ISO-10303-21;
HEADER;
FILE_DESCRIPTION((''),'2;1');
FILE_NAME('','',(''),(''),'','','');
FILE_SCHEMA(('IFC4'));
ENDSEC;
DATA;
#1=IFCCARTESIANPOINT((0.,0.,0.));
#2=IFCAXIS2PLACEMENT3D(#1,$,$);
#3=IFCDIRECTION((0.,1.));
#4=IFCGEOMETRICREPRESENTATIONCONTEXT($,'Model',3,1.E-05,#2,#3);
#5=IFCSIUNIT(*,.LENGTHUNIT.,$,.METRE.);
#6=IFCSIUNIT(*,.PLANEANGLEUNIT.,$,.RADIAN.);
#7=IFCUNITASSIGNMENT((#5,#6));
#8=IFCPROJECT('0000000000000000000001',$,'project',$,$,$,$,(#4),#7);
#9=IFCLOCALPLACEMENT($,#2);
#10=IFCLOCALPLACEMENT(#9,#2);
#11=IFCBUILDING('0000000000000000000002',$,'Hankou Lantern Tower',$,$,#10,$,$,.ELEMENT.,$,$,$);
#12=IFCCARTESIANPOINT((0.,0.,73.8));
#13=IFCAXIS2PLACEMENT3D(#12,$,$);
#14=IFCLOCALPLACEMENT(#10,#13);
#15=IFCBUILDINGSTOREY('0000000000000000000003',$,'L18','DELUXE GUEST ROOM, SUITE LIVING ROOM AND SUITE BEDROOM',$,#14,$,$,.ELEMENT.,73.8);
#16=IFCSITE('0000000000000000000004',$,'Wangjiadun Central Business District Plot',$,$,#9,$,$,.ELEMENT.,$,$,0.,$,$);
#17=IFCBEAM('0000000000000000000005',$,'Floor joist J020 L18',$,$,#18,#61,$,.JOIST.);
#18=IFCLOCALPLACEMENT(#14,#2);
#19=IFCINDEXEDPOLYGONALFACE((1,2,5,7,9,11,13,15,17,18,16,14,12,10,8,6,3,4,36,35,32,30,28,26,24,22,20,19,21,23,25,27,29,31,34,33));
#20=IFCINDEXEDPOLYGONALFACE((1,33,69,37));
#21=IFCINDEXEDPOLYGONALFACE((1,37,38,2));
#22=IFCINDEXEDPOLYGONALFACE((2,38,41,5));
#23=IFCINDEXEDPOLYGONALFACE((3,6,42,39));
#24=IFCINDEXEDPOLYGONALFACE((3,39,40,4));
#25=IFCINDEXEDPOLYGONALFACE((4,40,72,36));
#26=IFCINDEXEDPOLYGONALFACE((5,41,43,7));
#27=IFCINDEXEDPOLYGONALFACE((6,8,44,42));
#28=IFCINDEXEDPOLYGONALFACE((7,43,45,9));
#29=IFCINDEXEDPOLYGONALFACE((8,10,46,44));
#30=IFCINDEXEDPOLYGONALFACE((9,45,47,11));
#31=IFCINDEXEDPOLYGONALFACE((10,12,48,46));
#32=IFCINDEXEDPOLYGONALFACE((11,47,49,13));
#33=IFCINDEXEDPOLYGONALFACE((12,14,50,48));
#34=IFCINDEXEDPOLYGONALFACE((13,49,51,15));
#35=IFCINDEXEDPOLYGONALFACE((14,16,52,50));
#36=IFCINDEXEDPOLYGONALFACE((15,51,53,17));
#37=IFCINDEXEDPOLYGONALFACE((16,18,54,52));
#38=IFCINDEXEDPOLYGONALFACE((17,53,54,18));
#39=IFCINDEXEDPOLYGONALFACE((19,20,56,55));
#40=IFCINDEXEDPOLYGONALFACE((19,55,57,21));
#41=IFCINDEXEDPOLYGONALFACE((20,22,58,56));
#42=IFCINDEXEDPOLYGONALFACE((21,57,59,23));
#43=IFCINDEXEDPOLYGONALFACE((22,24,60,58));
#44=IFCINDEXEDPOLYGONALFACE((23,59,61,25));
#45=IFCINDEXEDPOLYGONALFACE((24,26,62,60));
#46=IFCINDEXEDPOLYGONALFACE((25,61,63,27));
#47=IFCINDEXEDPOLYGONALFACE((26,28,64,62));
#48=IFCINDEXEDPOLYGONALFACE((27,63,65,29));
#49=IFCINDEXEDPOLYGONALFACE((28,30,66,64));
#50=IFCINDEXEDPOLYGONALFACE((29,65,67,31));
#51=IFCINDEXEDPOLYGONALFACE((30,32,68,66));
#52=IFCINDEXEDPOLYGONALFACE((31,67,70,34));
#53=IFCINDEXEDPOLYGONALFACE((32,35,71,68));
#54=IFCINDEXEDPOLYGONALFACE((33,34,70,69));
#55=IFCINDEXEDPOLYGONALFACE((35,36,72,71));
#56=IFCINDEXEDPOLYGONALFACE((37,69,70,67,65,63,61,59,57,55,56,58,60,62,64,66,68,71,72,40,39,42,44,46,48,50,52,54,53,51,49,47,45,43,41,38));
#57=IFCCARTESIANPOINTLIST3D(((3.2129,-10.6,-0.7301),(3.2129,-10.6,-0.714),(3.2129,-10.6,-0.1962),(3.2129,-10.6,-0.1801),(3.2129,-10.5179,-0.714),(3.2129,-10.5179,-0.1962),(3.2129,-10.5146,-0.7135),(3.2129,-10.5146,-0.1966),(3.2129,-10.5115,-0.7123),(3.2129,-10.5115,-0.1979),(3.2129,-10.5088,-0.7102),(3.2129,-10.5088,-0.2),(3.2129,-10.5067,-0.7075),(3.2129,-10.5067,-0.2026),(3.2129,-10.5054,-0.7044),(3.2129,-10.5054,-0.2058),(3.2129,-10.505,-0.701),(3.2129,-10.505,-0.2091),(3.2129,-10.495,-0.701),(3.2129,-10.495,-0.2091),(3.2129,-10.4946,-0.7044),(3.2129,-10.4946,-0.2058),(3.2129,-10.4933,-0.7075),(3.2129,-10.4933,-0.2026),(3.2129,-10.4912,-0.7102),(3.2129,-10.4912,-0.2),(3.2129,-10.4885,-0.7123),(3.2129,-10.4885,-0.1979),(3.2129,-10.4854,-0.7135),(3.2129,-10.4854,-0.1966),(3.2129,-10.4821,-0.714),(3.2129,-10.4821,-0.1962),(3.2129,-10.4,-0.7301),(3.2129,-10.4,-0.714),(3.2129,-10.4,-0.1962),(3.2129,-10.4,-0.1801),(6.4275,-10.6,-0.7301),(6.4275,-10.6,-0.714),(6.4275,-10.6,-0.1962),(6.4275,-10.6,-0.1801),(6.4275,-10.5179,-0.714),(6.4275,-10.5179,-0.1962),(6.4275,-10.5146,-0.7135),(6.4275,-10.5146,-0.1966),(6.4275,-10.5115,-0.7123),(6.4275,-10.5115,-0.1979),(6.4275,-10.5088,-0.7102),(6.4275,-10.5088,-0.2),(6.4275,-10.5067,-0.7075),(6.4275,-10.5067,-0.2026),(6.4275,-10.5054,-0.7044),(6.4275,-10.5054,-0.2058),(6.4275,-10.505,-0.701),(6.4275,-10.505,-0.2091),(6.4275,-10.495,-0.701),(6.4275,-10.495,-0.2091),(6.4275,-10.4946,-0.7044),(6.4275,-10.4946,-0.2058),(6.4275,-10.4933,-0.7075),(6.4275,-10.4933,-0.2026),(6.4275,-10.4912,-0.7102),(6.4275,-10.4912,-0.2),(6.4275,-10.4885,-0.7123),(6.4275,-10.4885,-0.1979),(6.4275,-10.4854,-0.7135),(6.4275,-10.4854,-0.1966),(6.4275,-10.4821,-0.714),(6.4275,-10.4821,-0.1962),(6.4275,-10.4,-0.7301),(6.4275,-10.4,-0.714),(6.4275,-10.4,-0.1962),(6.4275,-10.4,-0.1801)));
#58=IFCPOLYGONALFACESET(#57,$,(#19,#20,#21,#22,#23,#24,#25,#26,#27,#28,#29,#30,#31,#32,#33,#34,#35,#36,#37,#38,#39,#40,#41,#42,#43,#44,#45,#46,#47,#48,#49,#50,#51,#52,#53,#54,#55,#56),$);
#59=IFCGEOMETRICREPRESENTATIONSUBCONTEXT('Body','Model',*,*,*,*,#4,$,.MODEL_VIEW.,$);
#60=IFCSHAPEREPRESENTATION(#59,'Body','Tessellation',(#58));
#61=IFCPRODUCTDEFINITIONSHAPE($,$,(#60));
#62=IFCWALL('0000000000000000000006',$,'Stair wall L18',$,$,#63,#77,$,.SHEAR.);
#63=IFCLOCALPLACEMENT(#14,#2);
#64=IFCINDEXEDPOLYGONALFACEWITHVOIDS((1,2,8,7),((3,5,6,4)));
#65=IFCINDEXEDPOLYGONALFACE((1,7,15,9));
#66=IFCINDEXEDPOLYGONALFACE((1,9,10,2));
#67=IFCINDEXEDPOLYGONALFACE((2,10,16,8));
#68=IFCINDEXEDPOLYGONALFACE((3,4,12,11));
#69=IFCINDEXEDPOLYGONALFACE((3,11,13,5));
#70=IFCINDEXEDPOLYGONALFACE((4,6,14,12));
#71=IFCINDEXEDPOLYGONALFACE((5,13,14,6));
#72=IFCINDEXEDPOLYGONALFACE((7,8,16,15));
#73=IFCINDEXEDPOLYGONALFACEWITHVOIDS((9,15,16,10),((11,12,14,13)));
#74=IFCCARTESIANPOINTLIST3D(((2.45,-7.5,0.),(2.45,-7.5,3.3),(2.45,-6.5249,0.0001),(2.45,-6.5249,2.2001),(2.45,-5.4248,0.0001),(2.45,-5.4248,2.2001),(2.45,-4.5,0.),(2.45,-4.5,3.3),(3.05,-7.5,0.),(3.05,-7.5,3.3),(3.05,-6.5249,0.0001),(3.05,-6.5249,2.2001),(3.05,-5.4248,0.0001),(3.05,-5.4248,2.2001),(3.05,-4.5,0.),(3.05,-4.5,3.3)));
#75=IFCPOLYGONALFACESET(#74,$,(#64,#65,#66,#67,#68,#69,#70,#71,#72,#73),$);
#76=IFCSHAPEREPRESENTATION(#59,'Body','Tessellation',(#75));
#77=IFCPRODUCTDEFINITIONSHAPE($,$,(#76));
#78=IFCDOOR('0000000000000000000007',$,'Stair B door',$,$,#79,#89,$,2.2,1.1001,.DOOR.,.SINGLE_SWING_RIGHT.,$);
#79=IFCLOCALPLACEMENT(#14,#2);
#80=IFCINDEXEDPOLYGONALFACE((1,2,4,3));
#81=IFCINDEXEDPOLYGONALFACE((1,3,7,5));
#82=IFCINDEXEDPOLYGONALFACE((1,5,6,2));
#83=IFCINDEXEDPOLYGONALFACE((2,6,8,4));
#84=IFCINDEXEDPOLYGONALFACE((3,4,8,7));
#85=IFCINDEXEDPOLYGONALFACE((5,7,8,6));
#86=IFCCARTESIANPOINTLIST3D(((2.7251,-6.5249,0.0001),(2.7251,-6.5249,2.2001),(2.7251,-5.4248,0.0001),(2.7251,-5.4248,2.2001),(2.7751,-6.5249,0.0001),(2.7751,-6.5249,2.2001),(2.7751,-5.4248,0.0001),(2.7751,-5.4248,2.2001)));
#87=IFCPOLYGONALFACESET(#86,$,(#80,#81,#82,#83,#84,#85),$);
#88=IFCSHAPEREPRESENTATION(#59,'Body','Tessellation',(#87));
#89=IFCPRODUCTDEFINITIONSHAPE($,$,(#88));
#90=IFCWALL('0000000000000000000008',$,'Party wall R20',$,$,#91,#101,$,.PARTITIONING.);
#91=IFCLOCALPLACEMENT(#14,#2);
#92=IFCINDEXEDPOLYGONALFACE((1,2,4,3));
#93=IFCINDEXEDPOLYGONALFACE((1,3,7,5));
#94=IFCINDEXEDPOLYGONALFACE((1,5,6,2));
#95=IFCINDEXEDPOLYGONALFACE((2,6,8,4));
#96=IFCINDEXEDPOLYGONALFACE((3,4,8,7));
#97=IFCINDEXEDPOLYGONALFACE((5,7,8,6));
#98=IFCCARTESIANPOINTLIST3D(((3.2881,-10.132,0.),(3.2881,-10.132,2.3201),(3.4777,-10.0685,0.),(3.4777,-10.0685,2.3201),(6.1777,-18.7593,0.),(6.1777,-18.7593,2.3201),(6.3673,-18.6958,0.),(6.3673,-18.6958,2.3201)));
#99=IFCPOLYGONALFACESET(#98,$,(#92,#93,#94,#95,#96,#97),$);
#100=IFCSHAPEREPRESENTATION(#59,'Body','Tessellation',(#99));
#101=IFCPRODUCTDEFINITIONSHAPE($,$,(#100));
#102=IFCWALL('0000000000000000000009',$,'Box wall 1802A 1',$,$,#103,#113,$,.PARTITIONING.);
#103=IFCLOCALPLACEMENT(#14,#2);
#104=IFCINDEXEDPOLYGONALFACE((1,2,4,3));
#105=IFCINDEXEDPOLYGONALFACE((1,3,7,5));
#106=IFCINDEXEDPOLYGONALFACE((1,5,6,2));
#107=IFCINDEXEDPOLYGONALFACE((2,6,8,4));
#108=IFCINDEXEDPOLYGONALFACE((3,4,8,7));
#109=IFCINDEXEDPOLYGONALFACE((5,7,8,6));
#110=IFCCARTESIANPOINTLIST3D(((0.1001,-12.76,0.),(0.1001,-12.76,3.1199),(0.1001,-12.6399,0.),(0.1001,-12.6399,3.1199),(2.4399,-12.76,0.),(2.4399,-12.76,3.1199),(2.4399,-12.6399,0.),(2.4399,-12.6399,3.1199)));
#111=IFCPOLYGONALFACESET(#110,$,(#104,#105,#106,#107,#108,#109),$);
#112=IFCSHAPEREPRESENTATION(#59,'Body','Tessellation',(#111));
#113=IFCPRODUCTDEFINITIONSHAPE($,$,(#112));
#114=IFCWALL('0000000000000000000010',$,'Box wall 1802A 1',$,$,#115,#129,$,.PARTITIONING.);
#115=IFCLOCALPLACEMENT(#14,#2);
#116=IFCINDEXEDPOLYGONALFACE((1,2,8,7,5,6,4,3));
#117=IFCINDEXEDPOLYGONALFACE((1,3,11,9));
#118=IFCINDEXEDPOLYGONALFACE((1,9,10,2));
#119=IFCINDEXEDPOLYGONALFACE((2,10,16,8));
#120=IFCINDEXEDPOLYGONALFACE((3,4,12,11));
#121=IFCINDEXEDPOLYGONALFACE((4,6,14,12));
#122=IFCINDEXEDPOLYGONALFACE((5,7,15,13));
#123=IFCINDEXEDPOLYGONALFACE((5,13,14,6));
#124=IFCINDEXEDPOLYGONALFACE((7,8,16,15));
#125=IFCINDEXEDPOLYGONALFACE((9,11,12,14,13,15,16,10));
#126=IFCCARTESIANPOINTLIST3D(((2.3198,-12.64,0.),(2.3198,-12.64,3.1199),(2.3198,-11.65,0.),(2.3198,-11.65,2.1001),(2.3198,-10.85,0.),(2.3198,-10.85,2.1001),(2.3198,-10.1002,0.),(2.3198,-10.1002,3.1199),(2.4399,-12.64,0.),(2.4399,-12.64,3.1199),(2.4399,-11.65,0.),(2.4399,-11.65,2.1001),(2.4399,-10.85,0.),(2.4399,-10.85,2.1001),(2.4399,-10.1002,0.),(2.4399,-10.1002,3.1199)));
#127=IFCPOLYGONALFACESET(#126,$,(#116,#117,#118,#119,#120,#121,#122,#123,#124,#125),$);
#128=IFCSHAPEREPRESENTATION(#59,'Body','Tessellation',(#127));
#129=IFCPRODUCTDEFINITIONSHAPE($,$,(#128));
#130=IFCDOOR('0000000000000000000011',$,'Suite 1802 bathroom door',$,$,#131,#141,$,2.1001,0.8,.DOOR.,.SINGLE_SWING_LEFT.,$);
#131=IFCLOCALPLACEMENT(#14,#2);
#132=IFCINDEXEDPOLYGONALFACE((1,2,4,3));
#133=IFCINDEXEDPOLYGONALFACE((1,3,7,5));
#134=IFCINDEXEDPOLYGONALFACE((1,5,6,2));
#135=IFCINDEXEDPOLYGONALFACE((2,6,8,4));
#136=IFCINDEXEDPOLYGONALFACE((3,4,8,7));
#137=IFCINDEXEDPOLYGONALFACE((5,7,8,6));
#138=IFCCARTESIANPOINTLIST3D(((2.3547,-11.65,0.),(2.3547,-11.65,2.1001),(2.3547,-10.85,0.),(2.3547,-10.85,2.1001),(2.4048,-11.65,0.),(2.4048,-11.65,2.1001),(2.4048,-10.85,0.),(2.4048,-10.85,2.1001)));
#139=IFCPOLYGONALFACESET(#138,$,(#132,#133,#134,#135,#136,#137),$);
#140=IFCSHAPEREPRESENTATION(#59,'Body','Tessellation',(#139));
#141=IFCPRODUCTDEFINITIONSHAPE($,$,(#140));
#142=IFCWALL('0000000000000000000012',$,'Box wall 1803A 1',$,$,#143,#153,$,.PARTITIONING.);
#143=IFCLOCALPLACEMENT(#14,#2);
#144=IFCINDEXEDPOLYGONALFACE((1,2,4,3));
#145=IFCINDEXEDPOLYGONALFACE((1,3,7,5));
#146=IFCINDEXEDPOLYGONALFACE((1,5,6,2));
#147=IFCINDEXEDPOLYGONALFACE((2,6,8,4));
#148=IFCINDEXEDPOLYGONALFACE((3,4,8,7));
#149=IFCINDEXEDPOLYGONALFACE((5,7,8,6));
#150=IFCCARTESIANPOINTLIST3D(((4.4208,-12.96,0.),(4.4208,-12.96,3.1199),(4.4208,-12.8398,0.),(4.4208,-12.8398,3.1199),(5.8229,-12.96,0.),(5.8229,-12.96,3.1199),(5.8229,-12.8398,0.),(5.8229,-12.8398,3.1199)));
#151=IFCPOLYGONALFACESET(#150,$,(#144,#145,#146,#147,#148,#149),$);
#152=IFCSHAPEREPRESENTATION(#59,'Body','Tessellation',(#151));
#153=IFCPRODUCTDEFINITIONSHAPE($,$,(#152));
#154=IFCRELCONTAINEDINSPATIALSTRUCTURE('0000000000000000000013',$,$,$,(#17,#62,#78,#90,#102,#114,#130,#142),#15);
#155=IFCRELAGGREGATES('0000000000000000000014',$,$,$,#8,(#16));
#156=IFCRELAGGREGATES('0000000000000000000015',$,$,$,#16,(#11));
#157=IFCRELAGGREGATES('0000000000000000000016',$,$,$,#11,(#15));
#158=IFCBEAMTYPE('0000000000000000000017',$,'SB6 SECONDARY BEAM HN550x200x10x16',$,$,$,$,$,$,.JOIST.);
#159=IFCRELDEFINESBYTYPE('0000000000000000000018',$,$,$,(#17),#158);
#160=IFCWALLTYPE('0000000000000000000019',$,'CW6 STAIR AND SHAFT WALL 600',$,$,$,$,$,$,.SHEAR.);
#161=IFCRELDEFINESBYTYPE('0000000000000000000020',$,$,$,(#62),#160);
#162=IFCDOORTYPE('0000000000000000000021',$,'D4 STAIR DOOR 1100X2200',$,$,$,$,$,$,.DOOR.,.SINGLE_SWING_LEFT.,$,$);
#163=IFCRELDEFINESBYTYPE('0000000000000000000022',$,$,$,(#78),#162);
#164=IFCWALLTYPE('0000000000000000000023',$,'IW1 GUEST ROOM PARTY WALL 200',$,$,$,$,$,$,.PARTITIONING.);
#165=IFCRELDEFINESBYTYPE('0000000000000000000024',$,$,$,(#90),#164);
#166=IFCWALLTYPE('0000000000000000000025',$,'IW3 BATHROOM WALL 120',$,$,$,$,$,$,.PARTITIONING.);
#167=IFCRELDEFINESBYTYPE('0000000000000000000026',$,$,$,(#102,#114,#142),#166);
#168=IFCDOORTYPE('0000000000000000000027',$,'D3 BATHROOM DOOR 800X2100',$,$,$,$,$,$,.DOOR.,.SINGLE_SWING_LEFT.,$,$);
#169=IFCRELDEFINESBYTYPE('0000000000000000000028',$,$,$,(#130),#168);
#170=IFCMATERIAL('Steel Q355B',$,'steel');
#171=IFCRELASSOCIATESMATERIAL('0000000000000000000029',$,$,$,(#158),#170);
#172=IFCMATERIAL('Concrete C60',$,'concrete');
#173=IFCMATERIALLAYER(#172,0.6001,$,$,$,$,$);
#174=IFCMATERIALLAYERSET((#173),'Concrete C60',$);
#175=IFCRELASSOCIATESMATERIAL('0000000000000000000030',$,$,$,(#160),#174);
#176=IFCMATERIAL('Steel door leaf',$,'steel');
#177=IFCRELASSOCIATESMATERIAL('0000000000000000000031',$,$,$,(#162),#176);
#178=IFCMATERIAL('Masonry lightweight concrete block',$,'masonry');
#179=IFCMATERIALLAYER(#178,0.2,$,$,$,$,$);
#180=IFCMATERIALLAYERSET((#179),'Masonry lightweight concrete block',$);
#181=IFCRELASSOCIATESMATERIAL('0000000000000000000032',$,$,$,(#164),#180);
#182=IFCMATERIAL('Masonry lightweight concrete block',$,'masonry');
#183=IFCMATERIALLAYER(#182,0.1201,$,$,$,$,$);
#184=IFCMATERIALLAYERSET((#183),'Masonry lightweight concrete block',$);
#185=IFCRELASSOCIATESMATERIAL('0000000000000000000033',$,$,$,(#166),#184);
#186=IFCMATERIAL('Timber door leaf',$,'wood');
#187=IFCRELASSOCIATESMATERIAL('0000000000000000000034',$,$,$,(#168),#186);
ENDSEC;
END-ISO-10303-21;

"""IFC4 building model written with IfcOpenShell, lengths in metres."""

from ifc_helpers import new_model, si_unit, direction, frame, frame_2d, origin, origin_2d, place, context, subcontext, project, spatial, rectangle, i_section, extrude, material, layer, layer_set, material_profile, profile_set, type_object, element, fill, save


model = new_model("IFC4")

# Units and contexts
model_context = context("Model", 3, precision=1e-05, world=origin(), true_north=direction((0.0, 1.0)))
body_context = subcontext(model_context, "Body", "Model", "MODEL_VIEW")
ifc_project = project(units=[si_unit("LENGTHUNIT", "METRE"), si_unit("PLANEANGLEUNIT", "RADIAN")], contexts=[model_context])

# Site, building, storey
site_placement = place(None, origin())
site = spatial("IfcSite", under=ifc_project, at=site_placement, Name="Wangjiadun Central Business District Plot", CompositionType="ELEMENT", RefElevation=0.0)
building_placement = place(site_placement, origin())
building = spatial("IfcBuilding", under=site, at=building_placement, Name="Hankou Lantern Tower", CompositionType="ELEMENT")
storey_placement = place(building_placement, frame((0.0, 0.0, 73.8)))
storey = spatial("IfcBuildingStorey", under=building, at=storey_placement, Name="L18", Description="DELUXE GUEST ROOM, SUITE LIVING ROOM AND SUITE BEDROOM", CompositionType="ELEMENT", Elevation=73.8)

# Beam
ifc_material_1 = material(Name="Steel Q355B", Category="steel")
ifc_material_profile_1 = material_profile(ifc_material_1, i_section(OverallWidth=0.2, OverallDepth=0.55, WebThickness=0.01, FlangeThickness=0.0161, FilletRadius=0.0129, at=origin_2d()), Name="HN550x200x10x16")
ifc_profile_set_1 = profile_set([ifc_material_profile_1], Name="Steel Q355B")
beam_type_1 = type_object("IfcBeamType", Name="SB6 SECONDARY BEAM HN550x200x10x16", PredefinedType="JOIST", material=ifc_profile_set_1)
beam_1_placement = place(storey_placement, frame((3.2129, -10.5, -0.4551), z_axis=(1.0, 0.0, 0.0), x_axis=(0.0, 1.0, 0.0)))
element("IfcBeam", 1, at=beam_1_placement, inside=storey, type_object=beam_type_1, Name="Floor joist J020 L18", PredefinedType="JOIST", context=body_context, shape_type="SweptSolid", body=[
    extrude(i_section(OverallWidth=0.2, OverallDepth=0.55, WebThickness=0.01, FlangeThickness=0.0161, FilletRadius=0.0129, at=origin_2d()), origin(), (0.0, 0.0, 1.0), 3.2146),
])

# Wall, opening, door
ifc_material_2 = material(Name="Concrete C60", Category="concrete")
ifc_layer_1 = layer(ifc_material_2, 0.6001)
ifc_layer_set_1 = layer_set([ifc_layer_1], Name="Concrete C60")
wall_type_1 = type_object("IfcWallType", Name="CW6 STAIR AND SHAFT WALL 600", PredefinedType="SHEAR", material=ifc_layer_set_1)
wall_1_placement = place(storey_placement, frame((2.75, -7.5, 0.0), z_axis=(0.0, 0.0, 1.0), x_axis=(0.0, 1.0, 0.0)))
wall_1 = element("IfcWall", 2, at=wall_1_placement, inside=storey, type_object=wall_type_1, Name="Stair wall L18", PredefinedType="SHEAR", context=body_context, shape_type="SweptSolid", body=[
    extrude(rectangle(XDim=3.0, YDim=0.6001, at=frame_2d((1.5, 0.0))), origin(), (0.0, 0.0, 1.0), 3.3),
])
opening_1_placement = place(wall_1_placement, frame((0.9751, 0.0, 0.0)))
opening_1 = element("IfcOpeningElement", 3, at=opening_1_placement, cuts=wall_1, PredefinedType="OPENING", context=body_context, shape_type="SweptSolid", body=[
    extrude(rectangle(XDim=1.1001, YDim=2.2, at=frame_2d((0.55, 1.1001))), frame((0.0, 0.3101, 0.0), z_axis=(0.0, -1.0, 0.0), x_axis=(1.0, 0.0, 0.0)), (0.0, 0.0, 1.0), 0.6201),
])
ifc_material_3 = material(Name="Steel door leaf", Category="steel")
door_type_1 = type_object("IfcDoorType", Name="D4 STAIR DOOR 1100X2200", OperationType="SINGLE_SWING_LEFT", PredefinedType="DOOR", material=ifc_material_3)
door_1_placement = place(opening_1_placement, origin())
door_1 = element("IfcDoor", 4, at=door_1_placement, inside=storey, type_object=door_type_1, Name="Stair B door", OperationType="SINGLE_SWING_RIGHT", OverallHeight=2.2, OverallWidth=1.1001, PredefinedType="DOOR", context=body_context, shape_type="SweptSolid", body=[
    extrude(rectangle(XDim=1.1001, YDim=2.2, at=frame_2d((0.55, 1.1001))), frame((0.0, 0.0249, 0.0), z_axis=(0.0, -1.0, 0.0), x_axis=(1.0, 0.0, 0.0)), (0.0, 0.0, 1.0), 0.05),
])
fill(opening_1, door_1)

# Walls
ifc_material_4 = material(Name="Masonry lightweight concrete block", Category="masonry")
ifc_layer_2 = layer(ifc_material_4, 0.2)
ifc_layer_set_2 = layer_set([ifc_layer_2], Name="Masonry lightweight concrete block")
wall_type_2 = type_object("IfcWallType", Name="IW1 GUEST ROOM PARTY WALL 200", PredefinedType="PARTITIONING", material=ifc_layer_set_2)
wall_2_placement = place(storey_placement, frame((3.3828, -10.1001, 0.0), z_axis=(0.0, 0.0, 1.0), x_axis=(0.317596, -0.948226, 0.0)))
element("IfcWall", 5, at=wall_2_placement, inside=storey, type_object=wall_type_2, Name="Party wall R20", PredefinedType="PARTITIONING", context=body_context, shape_type="SweptSolid", body=[
    extrude(rectangle(XDim=9.0984, YDim=0.2, at=frame_2d((4.5493, 0.0))), origin(), (0.0, 0.0, 1.0), 2.3201),
])
ifc_material_5 = material(Name="Masonry lightweight concrete block", Category="masonry")
ifc_layer_3 = layer(ifc_material_5, 0.1201)
ifc_layer_set_3 = layer_set([ifc_layer_3], Name="Masonry lightweight concrete block")
wall_type_3 = type_object("IfcWallType", Name="IW3 BATHROOM WALL 120", PredefinedType="PARTITIONING", material=ifc_layer_set_3)
wall_3_placement = place(storey_placement, frame((0.1001, -12.7, 0.0), z_axis=(0.0, 0.0, 1.0), x_axis=(1.0, 0.0, 0.0)))
element("IfcWall", 6, at=wall_3_placement, inside=storey, type_object=wall_type_3, Name="Box wall 1802A 1", PredefinedType="PARTITIONING", context=body_context, shape_type="SweptSolid", body=[
    extrude(rectangle(XDim=2.3398, YDim=0.1201, at=frame_2d((1.1699, 0.0))), origin(), (0.0, 0.0, 1.0), 3.1199),
])

# Wall, opening, door
wall_4_placement = place(storey_placement, frame((2.3799, -10.1001, 0.0), z_axis=(0.0, 0.0, 1.0), x_axis=(0.0, -1.0, 0.0)))
wall_4 = element("IfcWall", 7, at=wall_4_placement, inside=storey, type_object=wall_type_3, Name="Box wall 1802A 1", PredefinedType="PARTITIONING", context=body_context, shape_type="SweptSolid", body=[
    extrude(rectangle(XDim=2.5398, YDim=0.1201, at=frame_2d((1.27, 0.0))), origin(), (0.0, 0.0, 1.0), 3.1199),
])
opening_2_placement = place(wall_4_placement, frame((0.75, 0.0, 0.0)))
opening_2 = element("IfcOpeningElement", 8, at=opening_2_placement, cuts=wall_4, PredefinedType="OPENING", context=body_context, shape_type="SweptSolid", body=[
    extrude(rectangle(XDim=0.8, YDim=2.1001, at=frame_2d((0.3999, 1.05))), frame((0.0, 0.0701, 0.0), z_axis=(0.0, -1.0, 0.0), x_axis=(1.0, 0.0, 0.0)), (0.0, 0.0, 1.0), 0.1401),
])
ifc_material_6 = material(Name="Timber door leaf", Category="wood")
door_type_2 = type_object("IfcDoorType", Name="D3 BATHROOM DOOR 800X2100", OperationType="SINGLE_SWING_LEFT", PredefinedType="DOOR", material=ifc_material_6)
door_2_placement = place(opening_2_placement, origin())
door_2 = element("IfcDoor", 9, at=door_2_placement, inside=storey, type_object=door_type_2, Name="Suite 1802 bathroom door", OperationType="SINGLE_SWING_LEFT", OverallHeight=2.1001, OverallWidth=0.8, PredefinedType="DOOR", context=body_context, shape_type="SweptSolid", body=[
    extrude(rectangle(XDim=0.8, YDim=2.1001, at=frame_2d((0.3999, 1.05))), frame((0.0, 0.0249, 0.0), z_axis=(0.0, -1.0, 0.0), x_axis=(1.0, 0.0, 0.0)), (0.0, 0.0, 1.0), 0.05),
])
fill(opening_2, door_2)

# Wall
wall_5_placement = place(storey_placement, frame((4.4207, -12.8999, 0.0), z_axis=(0.0, 0.0, 1.0), x_axis=(1.0, 0.0, 0.0)))
element("IfcWall", 10, at=wall_5_placement, inside=storey, type_object=wall_type_3, Name="Box wall 1803A 1", PredefinedType="PARTITIONING", context=body_context, shape_type="SweptSolid", body=[
    extrude(rectangle(XDim=1.4021, YDim=0.1201, at=frame_2d((0.7012, 0.0))), origin(), (0.0, 0.0, 1.0), 3.1199),
])

save(model, "model.ifc")
